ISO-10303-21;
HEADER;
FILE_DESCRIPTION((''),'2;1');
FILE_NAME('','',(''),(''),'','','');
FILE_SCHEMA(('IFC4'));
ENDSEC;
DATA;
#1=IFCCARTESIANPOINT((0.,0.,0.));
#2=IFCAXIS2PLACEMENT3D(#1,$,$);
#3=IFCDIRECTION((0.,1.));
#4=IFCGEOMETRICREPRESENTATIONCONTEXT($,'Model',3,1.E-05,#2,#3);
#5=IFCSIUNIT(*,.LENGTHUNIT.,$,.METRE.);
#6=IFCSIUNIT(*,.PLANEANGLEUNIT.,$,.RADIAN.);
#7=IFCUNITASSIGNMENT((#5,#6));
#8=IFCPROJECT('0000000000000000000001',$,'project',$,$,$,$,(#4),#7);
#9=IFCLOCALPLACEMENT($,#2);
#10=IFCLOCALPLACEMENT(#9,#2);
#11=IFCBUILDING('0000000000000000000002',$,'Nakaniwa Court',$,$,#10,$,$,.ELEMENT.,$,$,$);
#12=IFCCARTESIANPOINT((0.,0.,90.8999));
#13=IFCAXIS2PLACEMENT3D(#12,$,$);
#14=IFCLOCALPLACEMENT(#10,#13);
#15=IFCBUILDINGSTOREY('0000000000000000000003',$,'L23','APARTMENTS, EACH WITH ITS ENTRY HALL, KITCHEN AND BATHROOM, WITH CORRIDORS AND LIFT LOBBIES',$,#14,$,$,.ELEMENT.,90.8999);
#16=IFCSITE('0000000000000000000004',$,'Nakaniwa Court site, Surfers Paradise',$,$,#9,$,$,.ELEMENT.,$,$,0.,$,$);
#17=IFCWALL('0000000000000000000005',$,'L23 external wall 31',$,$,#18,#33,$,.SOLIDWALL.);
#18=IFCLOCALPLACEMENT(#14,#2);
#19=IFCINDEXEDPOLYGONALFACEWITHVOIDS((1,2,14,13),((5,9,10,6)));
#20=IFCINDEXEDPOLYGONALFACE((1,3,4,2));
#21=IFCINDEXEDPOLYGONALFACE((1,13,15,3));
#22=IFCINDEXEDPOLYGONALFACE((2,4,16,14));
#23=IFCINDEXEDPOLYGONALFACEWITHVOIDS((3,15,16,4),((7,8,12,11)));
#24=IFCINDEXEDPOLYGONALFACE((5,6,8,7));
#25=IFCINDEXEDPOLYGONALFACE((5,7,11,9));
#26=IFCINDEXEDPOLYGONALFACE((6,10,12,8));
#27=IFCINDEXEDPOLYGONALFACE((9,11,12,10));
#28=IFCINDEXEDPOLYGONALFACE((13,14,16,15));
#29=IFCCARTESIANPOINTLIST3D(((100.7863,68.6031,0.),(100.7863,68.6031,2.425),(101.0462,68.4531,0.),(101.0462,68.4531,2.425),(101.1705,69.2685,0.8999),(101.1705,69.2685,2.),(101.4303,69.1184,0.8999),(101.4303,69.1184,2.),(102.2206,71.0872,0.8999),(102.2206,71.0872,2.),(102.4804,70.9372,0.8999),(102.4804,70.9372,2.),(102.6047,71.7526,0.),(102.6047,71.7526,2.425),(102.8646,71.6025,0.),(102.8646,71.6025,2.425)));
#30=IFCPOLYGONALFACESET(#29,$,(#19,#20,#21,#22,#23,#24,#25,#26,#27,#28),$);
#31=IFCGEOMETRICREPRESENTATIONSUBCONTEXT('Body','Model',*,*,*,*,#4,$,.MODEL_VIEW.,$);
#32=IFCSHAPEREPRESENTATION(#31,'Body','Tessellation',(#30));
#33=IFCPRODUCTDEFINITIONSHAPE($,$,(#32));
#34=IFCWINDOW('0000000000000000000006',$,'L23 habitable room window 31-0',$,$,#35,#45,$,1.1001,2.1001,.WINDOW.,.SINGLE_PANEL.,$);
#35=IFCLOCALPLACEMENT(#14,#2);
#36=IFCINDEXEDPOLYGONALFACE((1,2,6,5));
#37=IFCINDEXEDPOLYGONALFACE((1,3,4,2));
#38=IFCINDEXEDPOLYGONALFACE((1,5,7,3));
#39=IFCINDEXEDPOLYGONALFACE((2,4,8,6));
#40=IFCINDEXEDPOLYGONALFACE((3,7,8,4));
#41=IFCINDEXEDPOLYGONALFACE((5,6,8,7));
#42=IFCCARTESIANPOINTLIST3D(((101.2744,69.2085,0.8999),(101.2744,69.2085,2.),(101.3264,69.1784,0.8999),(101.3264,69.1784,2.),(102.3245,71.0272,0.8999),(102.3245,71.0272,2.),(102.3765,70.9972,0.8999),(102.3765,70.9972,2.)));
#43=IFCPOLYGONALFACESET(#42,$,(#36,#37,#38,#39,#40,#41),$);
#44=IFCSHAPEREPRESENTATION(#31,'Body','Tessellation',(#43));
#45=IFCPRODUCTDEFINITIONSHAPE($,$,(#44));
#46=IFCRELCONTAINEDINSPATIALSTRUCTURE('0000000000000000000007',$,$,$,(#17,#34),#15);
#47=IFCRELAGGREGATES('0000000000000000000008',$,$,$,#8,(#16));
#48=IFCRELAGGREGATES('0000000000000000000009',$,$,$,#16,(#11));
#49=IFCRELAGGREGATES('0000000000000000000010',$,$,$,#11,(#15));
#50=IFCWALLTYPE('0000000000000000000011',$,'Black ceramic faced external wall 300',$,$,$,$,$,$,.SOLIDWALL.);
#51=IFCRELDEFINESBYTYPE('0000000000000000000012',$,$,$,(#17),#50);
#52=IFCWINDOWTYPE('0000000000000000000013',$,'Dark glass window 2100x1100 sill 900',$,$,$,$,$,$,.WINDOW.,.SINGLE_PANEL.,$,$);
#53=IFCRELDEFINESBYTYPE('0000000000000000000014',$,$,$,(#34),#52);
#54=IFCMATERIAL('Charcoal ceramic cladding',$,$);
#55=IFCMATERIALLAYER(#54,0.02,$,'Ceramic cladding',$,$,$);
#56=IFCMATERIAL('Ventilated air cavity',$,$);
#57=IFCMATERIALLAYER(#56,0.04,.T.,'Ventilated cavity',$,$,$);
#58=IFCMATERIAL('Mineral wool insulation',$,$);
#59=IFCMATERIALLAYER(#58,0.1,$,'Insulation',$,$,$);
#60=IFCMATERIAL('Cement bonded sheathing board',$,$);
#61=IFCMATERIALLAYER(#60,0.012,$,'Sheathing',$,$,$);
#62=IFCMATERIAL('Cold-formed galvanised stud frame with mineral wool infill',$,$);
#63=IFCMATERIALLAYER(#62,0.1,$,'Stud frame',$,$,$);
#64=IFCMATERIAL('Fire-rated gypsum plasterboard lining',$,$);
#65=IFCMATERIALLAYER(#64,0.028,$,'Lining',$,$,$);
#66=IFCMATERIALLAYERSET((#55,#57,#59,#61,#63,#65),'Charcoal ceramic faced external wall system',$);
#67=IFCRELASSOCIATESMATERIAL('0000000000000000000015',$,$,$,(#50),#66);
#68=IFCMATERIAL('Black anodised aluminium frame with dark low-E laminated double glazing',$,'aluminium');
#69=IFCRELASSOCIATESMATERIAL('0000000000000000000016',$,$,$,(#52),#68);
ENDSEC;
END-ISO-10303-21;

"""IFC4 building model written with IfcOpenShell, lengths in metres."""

from ifc_helpers import new_model, si_unit, direction, frame, frame_2d, origin, place, context, subcontext, project, spatial, rectangle, extrude, material, layer, layer_set, type_object, element, fill, save


model = new_model("IFC4")

# Units and contexts
model_context = context("Model", 3, precision=1e-05, world=origin(), true_north=direction((0.0, 1.0)))
body_context = subcontext(model_context, "Body", "Model", "MODEL_VIEW")
ifc_project = project(units=[si_unit("LENGTHUNIT", "METRE"), si_unit("PLANEANGLEUNIT", "RADIAN")], contexts=[model_context])

# Site, building, storey
site_placement = place(None, origin())
site = spatial("IfcSite", under=ifc_project, at=site_placement, Name="Nakaniwa Court site, Surfers Paradise", CompositionType="ELEMENT", RefElevation=0.0)
building_placement = place(site_placement, origin())
building = spatial("IfcBuilding", under=site, at=building_placement, Name="Nakaniwa Court", CompositionType="ELEMENT")
storey_placement = place(building_placement, frame((0.0, 0.0, 90.8999)))
storey = spatial("IfcBuildingStorey", under=building, at=storey_placement, Name="L23", Description="APARTMENTS, EACH WITH ITS ENTRY HALL, KITCHEN AND BATHROOM, WITH CORRIDORS AND LIFT LOBBIES", CompositionType="ELEMENT", Elevation=90.8999)

# Wall, opening, window
ifc_material_1 = material(Name="Charcoal ceramic cladding")
ifc_layer_1 = layer(ifc_material_1, 0.02, Name="Ceramic cladding")
ifc_material_2 = material(Name="Ventilated air cavity")
ifc_layer_2 = layer(ifc_material_2, 0.04, ventilated=True, Name="Ventilated cavity")
ifc_material_3 = material(Name="Mineral wool insulation")
ifc_layer_3 = layer(ifc_material_3, 0.1, Name="Insulation")
ifc_material_4 = material(Name="Cement bonded sheathing board")
ifc_layer_4 = layer(ifc_material_4, 0.012, Name="Sheathing")
ifc_material_5 = material(Name="Cold-formed galvanised stud frame with mineral wool infill")
ifc_layer_5 = layer(ifc_material_5, 0.1, Name="Stud frame")
ifc_material_6 = material(Name="Fire-rated gypsum plasterboard lining")
ifc_layer_6 = layer(ifc_material_6, 0.028, Name="Lining")
ifc_layer_set_1 = layer_set([ifc_layer_1, ifc_layer_2, ifc_layer_3, ifc_layer_4, ifc_layer_5, ifc_layer_6], Name="Charcoal ceramic faced external wall system")
wall_type_1 = type_object("IfcWallType", Name="Black ceramic faced external wall 300", PredefinedType="SOLIDWALL", material=ifc_layer_set_1)
ifc_material_7 = material(Name="Black anodised aluminium frame with dark low-E laminated double glazing", Category="aluminium")
window_type_1 = type_object("IfcWindowType", Name="Dark glass window 2100x1100 sill 900", PartitioningType="SINGLE_PANEL", PredefinedType="WINDOW", material=ifc_material_7)
wall_1_placement = place(storey_placement, frame((100.9163, 68.5281, 0.0), z_axis=(0.0, 0.0, 1.0), x_axis=(0.500009, 0.86602, 0.0)))
wall_1 = element("IfcWall", 1, at=wall_1_placement, inside=storey, type_object=wall_type_1, Name="L23 external wall 31", PredefinedType="SOLIDWALL", context=body_context, shape_type="SweptSolid", body=[
    extrude(rectangle(XDim=3.6367, YDim=0.3, at=frame_2d((1.8184, 0.0))), origin(), (0.0, 0.0, 1.0), 2.425),
])
opening_1_placement = place(wall_1_placement, frame((0.7683, 0.0, 0.8999)))
opening_1 = element("IfcOpeningElement", 2, at=opening_1_placement, cuts=wall_1, PredefinedType="OPENING", context=body_context, shape_type="SweptSolid", body=[
    extrude(rectangle(XDim=2.1001, YDim=1.1001, at=frame_2d((1.05, 0.55))), frame((0.0, 0.1599, 0.0), z_axis=(0.0, -1.0, 0.0), x_axis=(1.0, 0.0, 0.0)), (0.0, 0.0, 1.0), 0.3201),
])
window_1_placement = place(opening_1_placement, origin())
window_1 = element("IfcWindow", 3, at=window_1_placement, inside=storey, type_object=window_type_1, Name="L23 habitable room window 31-0", OverallHeight=1.1001, OverallWidth=2.1001, PartitioningType="SINGLE_PANEL", PredefinedType="WINDOW", context=body_context, shape_type="SweptSolid", body=[
    extrude(rectangle(XDim=2.1001, YDim=1.1001, at=frame_2d((1.05, 0.55))), frame((0.0, 0.03, 0.0), z_axis=(0.0, -1.0, 0.0), x_axis=(1.0, 0.0, 0.0)), (0.0, 0.0, 1.0), 0.0601),
])
fill(opening_1, window_1)

save(model, "model.ifc")
